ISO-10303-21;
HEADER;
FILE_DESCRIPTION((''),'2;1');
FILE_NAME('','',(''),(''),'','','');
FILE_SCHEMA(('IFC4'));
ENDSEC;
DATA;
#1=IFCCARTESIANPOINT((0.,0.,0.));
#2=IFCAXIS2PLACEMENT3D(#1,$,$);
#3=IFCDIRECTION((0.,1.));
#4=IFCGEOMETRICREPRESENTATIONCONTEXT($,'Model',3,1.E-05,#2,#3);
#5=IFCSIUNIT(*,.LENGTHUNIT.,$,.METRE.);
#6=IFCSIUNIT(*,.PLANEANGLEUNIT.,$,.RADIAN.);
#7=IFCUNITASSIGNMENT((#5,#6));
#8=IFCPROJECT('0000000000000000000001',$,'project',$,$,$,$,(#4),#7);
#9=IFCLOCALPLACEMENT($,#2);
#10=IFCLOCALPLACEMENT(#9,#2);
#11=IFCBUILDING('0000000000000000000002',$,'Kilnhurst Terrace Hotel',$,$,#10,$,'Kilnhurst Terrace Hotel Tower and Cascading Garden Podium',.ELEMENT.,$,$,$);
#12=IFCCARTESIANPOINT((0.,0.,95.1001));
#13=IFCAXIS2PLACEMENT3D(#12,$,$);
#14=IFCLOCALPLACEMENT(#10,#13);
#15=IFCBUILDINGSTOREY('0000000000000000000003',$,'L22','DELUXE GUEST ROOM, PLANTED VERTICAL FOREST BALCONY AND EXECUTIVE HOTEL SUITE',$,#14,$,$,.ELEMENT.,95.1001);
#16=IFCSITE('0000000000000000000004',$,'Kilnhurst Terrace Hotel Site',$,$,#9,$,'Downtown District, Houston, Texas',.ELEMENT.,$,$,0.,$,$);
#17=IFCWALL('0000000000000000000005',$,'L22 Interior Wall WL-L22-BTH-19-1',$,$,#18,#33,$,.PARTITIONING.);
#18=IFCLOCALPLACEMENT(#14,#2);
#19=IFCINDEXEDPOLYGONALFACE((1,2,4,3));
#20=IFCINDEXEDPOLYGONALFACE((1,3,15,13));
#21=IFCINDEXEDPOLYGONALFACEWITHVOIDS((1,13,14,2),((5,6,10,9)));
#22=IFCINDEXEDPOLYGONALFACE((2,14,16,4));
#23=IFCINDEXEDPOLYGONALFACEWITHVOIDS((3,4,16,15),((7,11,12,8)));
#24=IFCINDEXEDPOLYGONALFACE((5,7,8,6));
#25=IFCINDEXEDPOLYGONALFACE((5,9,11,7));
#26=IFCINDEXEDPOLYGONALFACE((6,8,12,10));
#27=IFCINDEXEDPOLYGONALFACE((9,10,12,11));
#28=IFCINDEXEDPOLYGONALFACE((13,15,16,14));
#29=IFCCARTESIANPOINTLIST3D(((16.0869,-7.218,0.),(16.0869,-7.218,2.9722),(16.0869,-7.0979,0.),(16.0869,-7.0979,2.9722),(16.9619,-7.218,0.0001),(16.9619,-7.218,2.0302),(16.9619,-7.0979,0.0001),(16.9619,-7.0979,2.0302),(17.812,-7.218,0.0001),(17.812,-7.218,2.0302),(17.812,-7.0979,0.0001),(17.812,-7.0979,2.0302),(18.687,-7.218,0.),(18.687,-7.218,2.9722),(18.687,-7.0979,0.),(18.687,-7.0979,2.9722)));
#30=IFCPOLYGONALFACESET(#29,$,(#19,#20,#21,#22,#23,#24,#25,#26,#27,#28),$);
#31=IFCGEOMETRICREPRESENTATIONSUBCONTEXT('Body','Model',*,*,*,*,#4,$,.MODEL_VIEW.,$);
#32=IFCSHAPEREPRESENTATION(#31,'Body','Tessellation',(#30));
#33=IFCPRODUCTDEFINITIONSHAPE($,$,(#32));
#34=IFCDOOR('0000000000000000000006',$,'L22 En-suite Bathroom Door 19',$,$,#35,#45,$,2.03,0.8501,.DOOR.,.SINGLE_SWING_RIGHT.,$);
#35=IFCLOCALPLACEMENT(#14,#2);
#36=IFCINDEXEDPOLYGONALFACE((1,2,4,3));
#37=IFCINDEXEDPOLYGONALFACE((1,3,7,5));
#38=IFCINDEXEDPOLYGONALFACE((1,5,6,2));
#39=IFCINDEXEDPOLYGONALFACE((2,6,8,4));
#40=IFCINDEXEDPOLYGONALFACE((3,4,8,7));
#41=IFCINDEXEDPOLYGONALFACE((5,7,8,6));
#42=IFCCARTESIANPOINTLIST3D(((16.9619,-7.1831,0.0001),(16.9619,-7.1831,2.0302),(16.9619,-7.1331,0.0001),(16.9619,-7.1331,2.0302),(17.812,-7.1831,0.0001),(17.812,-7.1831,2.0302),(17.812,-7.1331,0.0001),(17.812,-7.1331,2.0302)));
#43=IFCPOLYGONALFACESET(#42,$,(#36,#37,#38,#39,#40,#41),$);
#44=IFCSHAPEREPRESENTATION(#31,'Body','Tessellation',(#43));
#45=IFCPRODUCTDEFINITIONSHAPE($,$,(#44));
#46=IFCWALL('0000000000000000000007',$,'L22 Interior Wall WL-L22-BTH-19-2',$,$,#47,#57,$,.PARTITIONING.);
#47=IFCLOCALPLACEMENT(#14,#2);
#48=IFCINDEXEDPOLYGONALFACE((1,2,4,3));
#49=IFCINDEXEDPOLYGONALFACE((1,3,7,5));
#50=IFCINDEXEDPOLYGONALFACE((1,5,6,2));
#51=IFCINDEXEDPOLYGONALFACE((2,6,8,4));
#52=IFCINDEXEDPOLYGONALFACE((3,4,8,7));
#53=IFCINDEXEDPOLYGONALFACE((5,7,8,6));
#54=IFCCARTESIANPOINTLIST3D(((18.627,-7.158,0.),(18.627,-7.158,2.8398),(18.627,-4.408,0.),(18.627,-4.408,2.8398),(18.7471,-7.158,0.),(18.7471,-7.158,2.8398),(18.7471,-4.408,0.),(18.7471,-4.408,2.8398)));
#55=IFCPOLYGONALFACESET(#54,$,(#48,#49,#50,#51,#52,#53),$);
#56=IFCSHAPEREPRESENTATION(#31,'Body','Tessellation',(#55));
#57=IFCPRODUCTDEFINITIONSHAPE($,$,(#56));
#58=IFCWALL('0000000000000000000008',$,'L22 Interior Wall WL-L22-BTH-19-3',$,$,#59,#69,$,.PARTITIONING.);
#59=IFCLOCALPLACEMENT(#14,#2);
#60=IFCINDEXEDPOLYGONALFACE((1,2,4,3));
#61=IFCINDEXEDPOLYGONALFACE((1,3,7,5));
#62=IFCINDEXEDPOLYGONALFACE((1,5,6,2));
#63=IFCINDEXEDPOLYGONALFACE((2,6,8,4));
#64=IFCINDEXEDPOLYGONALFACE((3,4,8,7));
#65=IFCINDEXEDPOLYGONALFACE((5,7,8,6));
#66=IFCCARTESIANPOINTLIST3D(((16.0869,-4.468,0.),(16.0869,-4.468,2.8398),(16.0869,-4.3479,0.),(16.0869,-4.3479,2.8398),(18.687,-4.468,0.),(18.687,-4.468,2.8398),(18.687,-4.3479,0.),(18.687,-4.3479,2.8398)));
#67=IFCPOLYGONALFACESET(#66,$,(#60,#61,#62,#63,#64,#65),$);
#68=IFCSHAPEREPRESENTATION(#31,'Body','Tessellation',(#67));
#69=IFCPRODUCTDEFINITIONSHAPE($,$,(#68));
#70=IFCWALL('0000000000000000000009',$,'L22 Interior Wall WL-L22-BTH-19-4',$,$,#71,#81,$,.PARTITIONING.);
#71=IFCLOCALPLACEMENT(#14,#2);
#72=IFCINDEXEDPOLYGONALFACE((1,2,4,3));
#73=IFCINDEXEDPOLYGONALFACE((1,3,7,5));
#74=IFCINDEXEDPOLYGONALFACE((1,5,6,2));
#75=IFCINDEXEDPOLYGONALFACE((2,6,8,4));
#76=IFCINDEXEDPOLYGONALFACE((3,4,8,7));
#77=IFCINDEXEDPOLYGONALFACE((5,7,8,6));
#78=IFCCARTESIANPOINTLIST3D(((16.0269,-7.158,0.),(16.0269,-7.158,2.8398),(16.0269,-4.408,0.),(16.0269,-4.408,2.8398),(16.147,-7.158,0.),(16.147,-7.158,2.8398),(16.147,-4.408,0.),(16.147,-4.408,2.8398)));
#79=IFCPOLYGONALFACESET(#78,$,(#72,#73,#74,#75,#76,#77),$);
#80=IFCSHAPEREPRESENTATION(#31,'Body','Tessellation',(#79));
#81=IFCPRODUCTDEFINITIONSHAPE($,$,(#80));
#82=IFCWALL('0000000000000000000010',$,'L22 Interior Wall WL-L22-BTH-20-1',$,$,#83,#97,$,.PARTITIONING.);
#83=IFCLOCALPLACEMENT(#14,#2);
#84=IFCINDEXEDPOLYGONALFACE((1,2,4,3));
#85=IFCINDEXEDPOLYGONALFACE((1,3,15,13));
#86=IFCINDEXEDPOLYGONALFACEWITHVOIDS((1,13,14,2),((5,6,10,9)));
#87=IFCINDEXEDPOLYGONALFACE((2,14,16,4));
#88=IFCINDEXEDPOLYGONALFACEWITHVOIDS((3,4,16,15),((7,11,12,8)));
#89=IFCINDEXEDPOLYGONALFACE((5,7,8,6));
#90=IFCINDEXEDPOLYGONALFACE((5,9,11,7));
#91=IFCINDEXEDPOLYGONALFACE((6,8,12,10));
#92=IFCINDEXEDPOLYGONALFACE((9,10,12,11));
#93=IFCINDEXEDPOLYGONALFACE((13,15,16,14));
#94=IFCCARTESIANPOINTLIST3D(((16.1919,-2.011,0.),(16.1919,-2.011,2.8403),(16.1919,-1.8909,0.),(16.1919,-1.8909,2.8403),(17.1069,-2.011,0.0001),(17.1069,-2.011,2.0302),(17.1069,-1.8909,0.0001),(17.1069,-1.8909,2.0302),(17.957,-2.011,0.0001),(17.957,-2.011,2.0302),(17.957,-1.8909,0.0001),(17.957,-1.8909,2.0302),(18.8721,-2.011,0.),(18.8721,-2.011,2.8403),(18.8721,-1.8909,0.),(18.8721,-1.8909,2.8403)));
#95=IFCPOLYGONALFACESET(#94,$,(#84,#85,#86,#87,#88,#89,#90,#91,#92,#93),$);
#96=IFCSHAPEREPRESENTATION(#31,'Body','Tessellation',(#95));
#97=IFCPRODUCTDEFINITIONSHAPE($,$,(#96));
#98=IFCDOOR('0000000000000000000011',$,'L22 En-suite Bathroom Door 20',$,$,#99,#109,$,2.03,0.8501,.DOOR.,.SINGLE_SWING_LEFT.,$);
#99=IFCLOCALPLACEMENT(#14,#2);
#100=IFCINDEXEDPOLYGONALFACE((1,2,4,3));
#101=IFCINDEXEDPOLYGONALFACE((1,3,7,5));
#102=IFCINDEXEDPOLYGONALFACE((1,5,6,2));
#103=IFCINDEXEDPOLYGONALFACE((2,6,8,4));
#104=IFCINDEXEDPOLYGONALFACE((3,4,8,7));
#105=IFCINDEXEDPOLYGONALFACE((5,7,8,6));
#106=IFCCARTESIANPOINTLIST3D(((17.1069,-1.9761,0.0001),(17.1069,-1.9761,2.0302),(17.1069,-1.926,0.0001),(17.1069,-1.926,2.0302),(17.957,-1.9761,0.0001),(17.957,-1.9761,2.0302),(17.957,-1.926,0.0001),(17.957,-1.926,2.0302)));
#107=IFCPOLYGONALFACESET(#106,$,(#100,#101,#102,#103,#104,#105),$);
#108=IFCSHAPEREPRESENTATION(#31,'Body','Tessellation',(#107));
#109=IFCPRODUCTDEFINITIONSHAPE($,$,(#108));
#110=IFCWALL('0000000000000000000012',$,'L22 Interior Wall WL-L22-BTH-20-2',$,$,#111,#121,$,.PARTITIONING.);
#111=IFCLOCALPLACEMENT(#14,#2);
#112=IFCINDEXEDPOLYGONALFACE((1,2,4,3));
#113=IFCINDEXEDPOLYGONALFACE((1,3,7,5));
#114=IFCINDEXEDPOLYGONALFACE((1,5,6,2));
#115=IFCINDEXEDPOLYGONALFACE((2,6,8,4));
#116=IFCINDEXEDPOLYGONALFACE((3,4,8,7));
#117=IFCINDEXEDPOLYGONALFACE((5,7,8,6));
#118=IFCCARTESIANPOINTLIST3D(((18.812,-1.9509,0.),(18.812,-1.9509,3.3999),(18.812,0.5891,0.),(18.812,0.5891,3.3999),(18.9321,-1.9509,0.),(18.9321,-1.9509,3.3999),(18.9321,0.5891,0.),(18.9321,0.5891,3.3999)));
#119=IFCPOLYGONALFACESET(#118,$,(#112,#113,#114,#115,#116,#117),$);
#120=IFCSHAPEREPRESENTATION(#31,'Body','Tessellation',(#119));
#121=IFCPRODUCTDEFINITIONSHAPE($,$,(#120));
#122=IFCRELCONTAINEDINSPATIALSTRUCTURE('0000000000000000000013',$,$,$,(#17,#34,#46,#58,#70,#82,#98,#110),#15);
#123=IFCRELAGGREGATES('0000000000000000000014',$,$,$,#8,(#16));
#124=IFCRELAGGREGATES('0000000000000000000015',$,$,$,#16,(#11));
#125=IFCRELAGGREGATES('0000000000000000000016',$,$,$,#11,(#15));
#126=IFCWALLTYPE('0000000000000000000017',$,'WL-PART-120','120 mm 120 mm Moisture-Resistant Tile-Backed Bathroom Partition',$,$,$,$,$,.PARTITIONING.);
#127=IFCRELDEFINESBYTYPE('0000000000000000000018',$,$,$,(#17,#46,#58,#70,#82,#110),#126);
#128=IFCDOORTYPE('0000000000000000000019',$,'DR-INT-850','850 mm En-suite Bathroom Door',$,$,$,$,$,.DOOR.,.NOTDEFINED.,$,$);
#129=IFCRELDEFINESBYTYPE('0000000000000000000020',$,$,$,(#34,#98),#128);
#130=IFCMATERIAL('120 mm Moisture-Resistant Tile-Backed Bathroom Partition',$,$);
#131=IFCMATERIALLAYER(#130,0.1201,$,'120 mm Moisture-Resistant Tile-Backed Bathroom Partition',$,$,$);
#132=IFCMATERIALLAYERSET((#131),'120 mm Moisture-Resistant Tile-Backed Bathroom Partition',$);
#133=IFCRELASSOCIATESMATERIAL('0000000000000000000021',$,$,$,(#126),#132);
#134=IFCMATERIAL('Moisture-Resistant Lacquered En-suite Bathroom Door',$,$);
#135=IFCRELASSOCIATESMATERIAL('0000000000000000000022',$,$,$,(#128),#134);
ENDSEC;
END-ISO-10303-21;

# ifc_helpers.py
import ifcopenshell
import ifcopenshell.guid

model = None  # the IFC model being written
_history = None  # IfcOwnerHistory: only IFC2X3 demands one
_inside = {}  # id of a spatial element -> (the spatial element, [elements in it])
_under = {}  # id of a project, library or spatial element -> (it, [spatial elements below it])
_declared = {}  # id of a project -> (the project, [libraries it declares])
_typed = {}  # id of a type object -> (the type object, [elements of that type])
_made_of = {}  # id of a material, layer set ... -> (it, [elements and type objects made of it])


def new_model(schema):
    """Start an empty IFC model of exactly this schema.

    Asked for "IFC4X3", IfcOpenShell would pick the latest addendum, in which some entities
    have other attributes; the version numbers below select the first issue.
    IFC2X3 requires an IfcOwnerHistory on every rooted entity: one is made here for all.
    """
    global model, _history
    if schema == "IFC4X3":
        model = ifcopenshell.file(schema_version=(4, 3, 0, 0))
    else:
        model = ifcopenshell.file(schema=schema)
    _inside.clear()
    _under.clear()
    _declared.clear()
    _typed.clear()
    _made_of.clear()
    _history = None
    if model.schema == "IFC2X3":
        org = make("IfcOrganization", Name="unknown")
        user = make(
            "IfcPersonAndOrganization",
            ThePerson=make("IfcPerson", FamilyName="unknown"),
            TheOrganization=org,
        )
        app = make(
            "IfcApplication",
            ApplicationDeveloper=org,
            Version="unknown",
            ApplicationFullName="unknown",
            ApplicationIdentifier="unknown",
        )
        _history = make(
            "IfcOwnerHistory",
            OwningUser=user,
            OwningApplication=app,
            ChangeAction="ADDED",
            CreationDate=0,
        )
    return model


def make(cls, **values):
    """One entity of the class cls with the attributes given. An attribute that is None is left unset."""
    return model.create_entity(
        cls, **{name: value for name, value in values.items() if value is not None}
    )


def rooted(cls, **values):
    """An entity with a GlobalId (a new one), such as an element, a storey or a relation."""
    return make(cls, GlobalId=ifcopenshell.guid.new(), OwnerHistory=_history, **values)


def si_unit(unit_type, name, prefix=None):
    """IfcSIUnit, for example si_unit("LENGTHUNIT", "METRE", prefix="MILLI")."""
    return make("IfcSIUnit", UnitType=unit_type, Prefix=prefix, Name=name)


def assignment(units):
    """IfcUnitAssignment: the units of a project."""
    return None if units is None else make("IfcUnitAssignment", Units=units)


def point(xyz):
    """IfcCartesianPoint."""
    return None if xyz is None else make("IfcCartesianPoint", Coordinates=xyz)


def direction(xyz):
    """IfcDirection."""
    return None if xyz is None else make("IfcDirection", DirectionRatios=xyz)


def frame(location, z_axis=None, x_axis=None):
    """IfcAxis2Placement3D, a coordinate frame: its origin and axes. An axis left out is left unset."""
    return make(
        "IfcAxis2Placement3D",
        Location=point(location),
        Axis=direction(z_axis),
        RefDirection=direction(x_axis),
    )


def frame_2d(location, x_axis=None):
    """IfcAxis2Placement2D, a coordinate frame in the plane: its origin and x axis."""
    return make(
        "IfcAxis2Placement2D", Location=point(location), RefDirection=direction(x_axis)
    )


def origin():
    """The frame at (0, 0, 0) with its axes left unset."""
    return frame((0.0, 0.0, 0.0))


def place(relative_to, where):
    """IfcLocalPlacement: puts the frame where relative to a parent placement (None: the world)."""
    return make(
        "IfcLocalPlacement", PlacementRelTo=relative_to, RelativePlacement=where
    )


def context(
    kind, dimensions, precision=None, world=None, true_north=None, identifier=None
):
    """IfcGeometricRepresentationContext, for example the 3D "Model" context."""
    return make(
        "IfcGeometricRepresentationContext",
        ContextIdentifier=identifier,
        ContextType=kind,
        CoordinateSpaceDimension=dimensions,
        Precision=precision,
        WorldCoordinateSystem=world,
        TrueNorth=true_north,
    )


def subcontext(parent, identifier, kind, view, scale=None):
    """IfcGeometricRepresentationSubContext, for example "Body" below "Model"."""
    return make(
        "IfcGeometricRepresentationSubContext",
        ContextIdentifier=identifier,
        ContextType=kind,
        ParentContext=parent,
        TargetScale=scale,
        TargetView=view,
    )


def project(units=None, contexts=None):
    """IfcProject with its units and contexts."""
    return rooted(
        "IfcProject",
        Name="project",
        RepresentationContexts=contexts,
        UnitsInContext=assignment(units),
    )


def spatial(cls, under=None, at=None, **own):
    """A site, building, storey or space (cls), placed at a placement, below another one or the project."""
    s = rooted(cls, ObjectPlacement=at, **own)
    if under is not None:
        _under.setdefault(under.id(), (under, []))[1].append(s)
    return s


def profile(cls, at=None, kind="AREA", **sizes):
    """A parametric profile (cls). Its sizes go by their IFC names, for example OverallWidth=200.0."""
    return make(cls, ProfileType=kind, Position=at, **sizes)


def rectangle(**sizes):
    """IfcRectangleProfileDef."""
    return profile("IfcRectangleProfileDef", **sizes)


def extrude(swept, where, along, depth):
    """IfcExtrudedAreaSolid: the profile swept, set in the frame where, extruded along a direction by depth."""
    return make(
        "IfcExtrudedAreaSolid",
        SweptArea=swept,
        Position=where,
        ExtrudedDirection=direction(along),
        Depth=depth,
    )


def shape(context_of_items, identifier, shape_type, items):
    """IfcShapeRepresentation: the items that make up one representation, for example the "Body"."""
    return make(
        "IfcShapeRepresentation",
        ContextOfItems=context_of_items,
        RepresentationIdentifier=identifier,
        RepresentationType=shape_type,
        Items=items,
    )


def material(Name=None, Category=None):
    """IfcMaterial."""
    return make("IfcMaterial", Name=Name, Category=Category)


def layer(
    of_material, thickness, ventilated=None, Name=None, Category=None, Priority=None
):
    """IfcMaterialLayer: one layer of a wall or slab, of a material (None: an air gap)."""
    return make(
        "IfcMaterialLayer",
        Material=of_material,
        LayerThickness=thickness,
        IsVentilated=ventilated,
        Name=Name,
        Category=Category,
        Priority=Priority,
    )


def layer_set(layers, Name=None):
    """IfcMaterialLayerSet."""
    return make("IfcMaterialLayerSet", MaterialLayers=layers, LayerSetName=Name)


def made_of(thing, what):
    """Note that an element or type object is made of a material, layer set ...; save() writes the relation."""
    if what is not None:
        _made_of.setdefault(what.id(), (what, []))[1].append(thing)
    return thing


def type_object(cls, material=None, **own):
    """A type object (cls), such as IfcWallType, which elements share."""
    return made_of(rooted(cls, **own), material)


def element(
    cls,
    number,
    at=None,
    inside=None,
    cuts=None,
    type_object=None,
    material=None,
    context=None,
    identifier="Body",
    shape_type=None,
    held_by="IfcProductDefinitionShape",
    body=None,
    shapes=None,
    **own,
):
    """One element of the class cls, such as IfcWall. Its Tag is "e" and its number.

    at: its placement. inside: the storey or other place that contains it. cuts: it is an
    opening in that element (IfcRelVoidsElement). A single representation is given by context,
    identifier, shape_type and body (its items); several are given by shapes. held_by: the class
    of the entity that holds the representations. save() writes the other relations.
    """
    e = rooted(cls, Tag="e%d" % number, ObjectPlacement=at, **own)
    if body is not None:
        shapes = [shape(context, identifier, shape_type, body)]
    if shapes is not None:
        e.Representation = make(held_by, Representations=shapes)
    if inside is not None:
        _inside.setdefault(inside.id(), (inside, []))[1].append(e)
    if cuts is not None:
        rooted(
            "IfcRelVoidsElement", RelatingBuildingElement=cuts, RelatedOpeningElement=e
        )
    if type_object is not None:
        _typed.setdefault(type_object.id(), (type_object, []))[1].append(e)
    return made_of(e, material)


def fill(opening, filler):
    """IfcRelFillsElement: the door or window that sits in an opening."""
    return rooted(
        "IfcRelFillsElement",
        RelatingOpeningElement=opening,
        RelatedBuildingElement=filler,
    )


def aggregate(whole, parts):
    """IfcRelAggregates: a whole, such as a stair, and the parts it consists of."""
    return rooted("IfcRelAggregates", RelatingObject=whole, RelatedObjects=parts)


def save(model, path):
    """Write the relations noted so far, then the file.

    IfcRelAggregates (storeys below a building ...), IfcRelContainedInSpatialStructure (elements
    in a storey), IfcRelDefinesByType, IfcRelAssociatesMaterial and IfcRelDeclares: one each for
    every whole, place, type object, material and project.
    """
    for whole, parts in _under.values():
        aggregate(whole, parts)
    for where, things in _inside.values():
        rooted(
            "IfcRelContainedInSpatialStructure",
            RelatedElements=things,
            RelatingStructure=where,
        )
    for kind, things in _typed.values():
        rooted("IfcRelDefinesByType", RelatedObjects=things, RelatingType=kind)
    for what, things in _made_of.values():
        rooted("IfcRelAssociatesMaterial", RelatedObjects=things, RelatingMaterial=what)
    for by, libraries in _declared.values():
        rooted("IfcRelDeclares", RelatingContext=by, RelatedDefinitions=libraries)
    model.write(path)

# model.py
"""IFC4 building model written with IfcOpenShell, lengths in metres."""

from ifc_helpers import new_model, si_unit, direction, frame, frame_2d, origin, place, context, subcontext, project, spatial, rectangle, extrude, material, layer, layer_set, type_object, element, fill, save


model = new_model("IFC4")

# Units and contexts
model_context = context("Model", 3, precision=1e-05, world=origin(), true_north=direction((0.0, 1.0)))
body_context = subcontext(model_context, "Body", "Model", "MODEL_VIEW")
ifc_project = project(units=[si_unit("LENGTHUNIT", "METRE"), si_unit("PLANEANGLEUNIT", "RADIAN")], contexts=[model_context])

# Site, building, storey
site_placement = place(None, origin())
site = spatial("IfcSite", under=ifc_project, at=site_placement, Name="Kilnhurst Terrace Hotel Site", LongName="Downtown District, Houston, Texas", CompositionType="ELEMENT", RefElevation=0.0)
building_placement = place(site_placement, origin())
building = spatial("IfcBuilding", under=site, at=building_placement, Name="Kilnhurst Terrace Hotel", LongName="Kilnhurst Terrace Hotel Tower and Cascading Garden Podium", CompositionType="ELEMENT")
storey_placement = place(building_placement, frame((0.0, 0.0, 95.1001)))
storey = spatial("IfcBuildingStorey", under=building, at=storey_placement, Name="L22", Description="DELUXE GUEST ROOM, PLANTED VERTICAL FOREST BALCONY AND EXECUTIVE HOTEL SUITE", CompositionType="ELEMENT", Elevation=95.1001)

# Wall, opening, door
ifc_material_1 = material(Name="120 mm Moisture-Resistant Tile-Backed Bathroom Partition")
ifc_layer_1 = layer(ifc_material_1, 0.1201, Name="120 mm Moisture-Resistant Tile-Backed Bathroom Partition")
ifc_layer_set_1 = layer_set([ifc_layer_1], Name="120 mm Moisture-Resistant Tile-Backed Bathroom Partition")
wall_type_1 = type_object("IfcWallType", Name="WL-PART-120", Description="120 mm 120 mm Moisture-Resistant Tile-Backed Bathroom Partition", PredefinedType="PARTITIONING", material=ifc_layer_set_1)
wall_1_placement = place(storey_placement, frame((16.0869, -7.158, 0.0), z_axis=(0.0, 0.0, 1.0), x_axis=(1.0, 0.0, 0.0)))
wall_1 = element("IfcWall", 1, at=wall_1_placement, inside=storey, type_object=wall_type_1, Name="L22 Interior Wall WL-L22-BTH-19-1", PredefinedType="PARTITIONING", context=body_context, shape_type="SweptSolid", body=[
    extrude(rectangle(XDim=2.6001, YDim=0.1201, at=frame_2d((1.3, 0.0))), origin(), (0.0, 0.0, 1.0), 2.9722),
])
opening_1_placement = place(wall_1_placement, frame((0.875, 0.0, 0.0)))
opening_1 = element("IfcOpeningElement", 2, at=opening_1_placement, cuts=wall_1, PredefinedType="OPENING", context=body_context, shape_type="SweptSolid", body=[
    extrude(rectangle(XDim=0.8501, YDim=2.03, at=frame_2d((0.425, 1.0151))), frame((0.0, 0.0701, 0.0), z_axis=(0.0, -1.0, 0.0), x_axis=(1.0, 0.0, 0.0)), (0.0, 0.0, 1.0), 0.1401),
])
ifc_material_2 = material(Name="Moisture-Resistant Lacquered En-suite Bathroom Door")
door_type_1 = type_object("IfcDoorType", Name="DR-INT-850", Description="850 mm En-suite Bathroom Door", OperationType="NOTDEFINED", PredefinedType="DOOR", material=ifc_material_2)
door_1_placement = place(opening_1_placement, origin())
door_1 = element("IfcDoor", 3, at=door_1_placement, inside=storey, type_object=door_type_1, Name="L22 En-suite Bathroom Door 19", OperationType="SINGLE_SWING_RIGHT", OverallHeight=2.03, OverallWidth=0.8501, PredefinedType="DOOR", context=body_context, shape_type="SweptSolid", body=[
    extrude(rectangle(XDim=0.8501, YDim=2.03, at=frame_2d((0.425, 1.0151))), frame((0.0, 0.0249, 0.0), z_axis=(0.0, -1.0, 0.0), x_axis=(1.0, 0.0, 0.0)), (0.0, 0.0, 1.0), 0.05),
])
fill(opening_1, door_1)

# Walls
wall_2_placement = place(storey_placement, frame((18.687, -7.158, 0.0), z_axis=(0.0, 0.0, 1.0), x_axis=(0.0, 1.0, 0.0)))
element("IfcWall", 4, at=wall_2_placement, inside=storey, type_object=wall_type_1, Name="L22 Interior Wall WL-L22-BTH-19-2", PredefinedType="PARTITIONING", context=body_context, shape_type="SweptSolid", body=[
    extrude(rectangle(XDim=2.75, YDim=0.1201, at=frame_2d((1.375, 0.0))), origin(), (0.0, 0.0, 1.0), 2.8398),
])
wall_3_placement = place(storey_placement, frame((18.687, -4.408, 0.0), z_axis=(0.0, 0.0, 1.0), x_axis=(-1.0, 0.0, 0.0)))
element("IfcWall", 5, at=wall_3_placement, inside=storey, type_object=wall_type_1, Name="L22 Interior Wall WL-L22-BTH-19-3", PredefinedType="PARTITIONING", context=body_context, shape_type="SweptSolid", body=[
    extrude(rectangle(XDim=2.6001, YDim=0.1201, at=frame_2d((1.3, 0.0))), origin(), (0.0, 0.0, 1.0), 2.8398),
])
wall_4_placement = place(storey_placement, frame((16.0869, -4.408, 0.0), z_axis=(0.0, 0.0, 1.0), x_axis=(0.0, -1.0, 0.0)))
element("IfcWall", 6, at=wall_4_placement, inside=storey, type_object=wall_type_1, Name="L22 Interior Wall WL-L22-BTH-19-4", PredefinedType="PARTITIONING", context=body_context, shape_type="SweptSolid", body=[
    extrude(rectangle(XDim=2.75, YDim=0.1201, at=frame_2d((1.375, 0.0))), origin(), (0.0, 0.0, 1.0), 2.8398),
])

# Wall, opening, door
wall_5_placement = place(storey_placement, frame((16.1919, -1.9509, 0.0), z_axis=(0.0, 0.0, 1.0), x_axis=(1.0, 0.0, 0.0)))
wall_5 = element("IfcWall", 7, at=wall_5_placement, inside=storey, type_object=wall_type_1, Name="L22 Interior Wall WL-L22-BTH-20-1", PredefinedType="PARTITIONING", context=body_context, shape_type="SweptSolid", body=[
    extrude(rectangle(XDim=2.6802, YDim=0.1201, at=frame_2d((1.3401, 0.0))), origin(), (0.0, 0.0, 1.0), 2.8403),
])
opening_2_placement = place(wall_5_placement, frame((0.915, 0.0, 0.0)))
opening_2 = element("IfcOpeningElement", 8, at=opening_2_placement, cuts=wall_5, PredefinedType="OPENING", context=body_context, shape_type="SweptSolid", body=[
    extrude(rectangle(XDim=0.8501, YDim=2.03, at=frame_2d((0.425, 1.0151))), frame((0.0, 0.0701, 0.0), z_axis=(0.0, -1.0, 0.0), x_axis=(1.0, 0.0, 0.0)), (0.0, 0.0, 1.0), 0.1401),
])
door_2_placement = place(opening_2_placement, origin())
door_2 = element("IfcDoor", 9, at=door_2_placement, inside=storey, type_object=door_type_1, Name="L22 En-suite Bathroom Door 20", OperationType="SINGLE_SWING_LEFT", OverallHeight=2.03, OverallWidth=0.8501, PredefinedType="DOOR", context=body_context, shape_type="SweptSolid", body=[
    extrude(rectangle(XDim=0.8501, YDim=2.03, at=frame_2d((0.425, 1.0151))), frame((0.0, 0.0249, 0.0), z_axis=(0.0, -1.0, 0.0), x_axis=(1.0, 0.0, 0.0)), (0.0, 0.0, 1.0), 0.05),
])
fill(opening_2, door_2)

# Wall
wall_6_placement = place(storey_placement, frame((18.8721, -1.9509, 0.0), z_axis=(0.0, 0.0, 1.0), x_axis=(0.0, 1.0, 0.0)))
element("IfcWall", 10, at=wall_6_placement, inside=storey, type_object=wall_type_1, Name="L22 Interior Wall WL-L22-BTH-20-2", PredefinedType="PARTITIONING", context=body_context, shape_type="SweptSolid", body=[
    extrude(rectangle(XDim=2.54, YDim=0.1201, at=frame_2d((1.27, 0.0))), origin(), (0.0, 0.0, 1.0), 3.3999),
])

save(model, "model.ifc")
